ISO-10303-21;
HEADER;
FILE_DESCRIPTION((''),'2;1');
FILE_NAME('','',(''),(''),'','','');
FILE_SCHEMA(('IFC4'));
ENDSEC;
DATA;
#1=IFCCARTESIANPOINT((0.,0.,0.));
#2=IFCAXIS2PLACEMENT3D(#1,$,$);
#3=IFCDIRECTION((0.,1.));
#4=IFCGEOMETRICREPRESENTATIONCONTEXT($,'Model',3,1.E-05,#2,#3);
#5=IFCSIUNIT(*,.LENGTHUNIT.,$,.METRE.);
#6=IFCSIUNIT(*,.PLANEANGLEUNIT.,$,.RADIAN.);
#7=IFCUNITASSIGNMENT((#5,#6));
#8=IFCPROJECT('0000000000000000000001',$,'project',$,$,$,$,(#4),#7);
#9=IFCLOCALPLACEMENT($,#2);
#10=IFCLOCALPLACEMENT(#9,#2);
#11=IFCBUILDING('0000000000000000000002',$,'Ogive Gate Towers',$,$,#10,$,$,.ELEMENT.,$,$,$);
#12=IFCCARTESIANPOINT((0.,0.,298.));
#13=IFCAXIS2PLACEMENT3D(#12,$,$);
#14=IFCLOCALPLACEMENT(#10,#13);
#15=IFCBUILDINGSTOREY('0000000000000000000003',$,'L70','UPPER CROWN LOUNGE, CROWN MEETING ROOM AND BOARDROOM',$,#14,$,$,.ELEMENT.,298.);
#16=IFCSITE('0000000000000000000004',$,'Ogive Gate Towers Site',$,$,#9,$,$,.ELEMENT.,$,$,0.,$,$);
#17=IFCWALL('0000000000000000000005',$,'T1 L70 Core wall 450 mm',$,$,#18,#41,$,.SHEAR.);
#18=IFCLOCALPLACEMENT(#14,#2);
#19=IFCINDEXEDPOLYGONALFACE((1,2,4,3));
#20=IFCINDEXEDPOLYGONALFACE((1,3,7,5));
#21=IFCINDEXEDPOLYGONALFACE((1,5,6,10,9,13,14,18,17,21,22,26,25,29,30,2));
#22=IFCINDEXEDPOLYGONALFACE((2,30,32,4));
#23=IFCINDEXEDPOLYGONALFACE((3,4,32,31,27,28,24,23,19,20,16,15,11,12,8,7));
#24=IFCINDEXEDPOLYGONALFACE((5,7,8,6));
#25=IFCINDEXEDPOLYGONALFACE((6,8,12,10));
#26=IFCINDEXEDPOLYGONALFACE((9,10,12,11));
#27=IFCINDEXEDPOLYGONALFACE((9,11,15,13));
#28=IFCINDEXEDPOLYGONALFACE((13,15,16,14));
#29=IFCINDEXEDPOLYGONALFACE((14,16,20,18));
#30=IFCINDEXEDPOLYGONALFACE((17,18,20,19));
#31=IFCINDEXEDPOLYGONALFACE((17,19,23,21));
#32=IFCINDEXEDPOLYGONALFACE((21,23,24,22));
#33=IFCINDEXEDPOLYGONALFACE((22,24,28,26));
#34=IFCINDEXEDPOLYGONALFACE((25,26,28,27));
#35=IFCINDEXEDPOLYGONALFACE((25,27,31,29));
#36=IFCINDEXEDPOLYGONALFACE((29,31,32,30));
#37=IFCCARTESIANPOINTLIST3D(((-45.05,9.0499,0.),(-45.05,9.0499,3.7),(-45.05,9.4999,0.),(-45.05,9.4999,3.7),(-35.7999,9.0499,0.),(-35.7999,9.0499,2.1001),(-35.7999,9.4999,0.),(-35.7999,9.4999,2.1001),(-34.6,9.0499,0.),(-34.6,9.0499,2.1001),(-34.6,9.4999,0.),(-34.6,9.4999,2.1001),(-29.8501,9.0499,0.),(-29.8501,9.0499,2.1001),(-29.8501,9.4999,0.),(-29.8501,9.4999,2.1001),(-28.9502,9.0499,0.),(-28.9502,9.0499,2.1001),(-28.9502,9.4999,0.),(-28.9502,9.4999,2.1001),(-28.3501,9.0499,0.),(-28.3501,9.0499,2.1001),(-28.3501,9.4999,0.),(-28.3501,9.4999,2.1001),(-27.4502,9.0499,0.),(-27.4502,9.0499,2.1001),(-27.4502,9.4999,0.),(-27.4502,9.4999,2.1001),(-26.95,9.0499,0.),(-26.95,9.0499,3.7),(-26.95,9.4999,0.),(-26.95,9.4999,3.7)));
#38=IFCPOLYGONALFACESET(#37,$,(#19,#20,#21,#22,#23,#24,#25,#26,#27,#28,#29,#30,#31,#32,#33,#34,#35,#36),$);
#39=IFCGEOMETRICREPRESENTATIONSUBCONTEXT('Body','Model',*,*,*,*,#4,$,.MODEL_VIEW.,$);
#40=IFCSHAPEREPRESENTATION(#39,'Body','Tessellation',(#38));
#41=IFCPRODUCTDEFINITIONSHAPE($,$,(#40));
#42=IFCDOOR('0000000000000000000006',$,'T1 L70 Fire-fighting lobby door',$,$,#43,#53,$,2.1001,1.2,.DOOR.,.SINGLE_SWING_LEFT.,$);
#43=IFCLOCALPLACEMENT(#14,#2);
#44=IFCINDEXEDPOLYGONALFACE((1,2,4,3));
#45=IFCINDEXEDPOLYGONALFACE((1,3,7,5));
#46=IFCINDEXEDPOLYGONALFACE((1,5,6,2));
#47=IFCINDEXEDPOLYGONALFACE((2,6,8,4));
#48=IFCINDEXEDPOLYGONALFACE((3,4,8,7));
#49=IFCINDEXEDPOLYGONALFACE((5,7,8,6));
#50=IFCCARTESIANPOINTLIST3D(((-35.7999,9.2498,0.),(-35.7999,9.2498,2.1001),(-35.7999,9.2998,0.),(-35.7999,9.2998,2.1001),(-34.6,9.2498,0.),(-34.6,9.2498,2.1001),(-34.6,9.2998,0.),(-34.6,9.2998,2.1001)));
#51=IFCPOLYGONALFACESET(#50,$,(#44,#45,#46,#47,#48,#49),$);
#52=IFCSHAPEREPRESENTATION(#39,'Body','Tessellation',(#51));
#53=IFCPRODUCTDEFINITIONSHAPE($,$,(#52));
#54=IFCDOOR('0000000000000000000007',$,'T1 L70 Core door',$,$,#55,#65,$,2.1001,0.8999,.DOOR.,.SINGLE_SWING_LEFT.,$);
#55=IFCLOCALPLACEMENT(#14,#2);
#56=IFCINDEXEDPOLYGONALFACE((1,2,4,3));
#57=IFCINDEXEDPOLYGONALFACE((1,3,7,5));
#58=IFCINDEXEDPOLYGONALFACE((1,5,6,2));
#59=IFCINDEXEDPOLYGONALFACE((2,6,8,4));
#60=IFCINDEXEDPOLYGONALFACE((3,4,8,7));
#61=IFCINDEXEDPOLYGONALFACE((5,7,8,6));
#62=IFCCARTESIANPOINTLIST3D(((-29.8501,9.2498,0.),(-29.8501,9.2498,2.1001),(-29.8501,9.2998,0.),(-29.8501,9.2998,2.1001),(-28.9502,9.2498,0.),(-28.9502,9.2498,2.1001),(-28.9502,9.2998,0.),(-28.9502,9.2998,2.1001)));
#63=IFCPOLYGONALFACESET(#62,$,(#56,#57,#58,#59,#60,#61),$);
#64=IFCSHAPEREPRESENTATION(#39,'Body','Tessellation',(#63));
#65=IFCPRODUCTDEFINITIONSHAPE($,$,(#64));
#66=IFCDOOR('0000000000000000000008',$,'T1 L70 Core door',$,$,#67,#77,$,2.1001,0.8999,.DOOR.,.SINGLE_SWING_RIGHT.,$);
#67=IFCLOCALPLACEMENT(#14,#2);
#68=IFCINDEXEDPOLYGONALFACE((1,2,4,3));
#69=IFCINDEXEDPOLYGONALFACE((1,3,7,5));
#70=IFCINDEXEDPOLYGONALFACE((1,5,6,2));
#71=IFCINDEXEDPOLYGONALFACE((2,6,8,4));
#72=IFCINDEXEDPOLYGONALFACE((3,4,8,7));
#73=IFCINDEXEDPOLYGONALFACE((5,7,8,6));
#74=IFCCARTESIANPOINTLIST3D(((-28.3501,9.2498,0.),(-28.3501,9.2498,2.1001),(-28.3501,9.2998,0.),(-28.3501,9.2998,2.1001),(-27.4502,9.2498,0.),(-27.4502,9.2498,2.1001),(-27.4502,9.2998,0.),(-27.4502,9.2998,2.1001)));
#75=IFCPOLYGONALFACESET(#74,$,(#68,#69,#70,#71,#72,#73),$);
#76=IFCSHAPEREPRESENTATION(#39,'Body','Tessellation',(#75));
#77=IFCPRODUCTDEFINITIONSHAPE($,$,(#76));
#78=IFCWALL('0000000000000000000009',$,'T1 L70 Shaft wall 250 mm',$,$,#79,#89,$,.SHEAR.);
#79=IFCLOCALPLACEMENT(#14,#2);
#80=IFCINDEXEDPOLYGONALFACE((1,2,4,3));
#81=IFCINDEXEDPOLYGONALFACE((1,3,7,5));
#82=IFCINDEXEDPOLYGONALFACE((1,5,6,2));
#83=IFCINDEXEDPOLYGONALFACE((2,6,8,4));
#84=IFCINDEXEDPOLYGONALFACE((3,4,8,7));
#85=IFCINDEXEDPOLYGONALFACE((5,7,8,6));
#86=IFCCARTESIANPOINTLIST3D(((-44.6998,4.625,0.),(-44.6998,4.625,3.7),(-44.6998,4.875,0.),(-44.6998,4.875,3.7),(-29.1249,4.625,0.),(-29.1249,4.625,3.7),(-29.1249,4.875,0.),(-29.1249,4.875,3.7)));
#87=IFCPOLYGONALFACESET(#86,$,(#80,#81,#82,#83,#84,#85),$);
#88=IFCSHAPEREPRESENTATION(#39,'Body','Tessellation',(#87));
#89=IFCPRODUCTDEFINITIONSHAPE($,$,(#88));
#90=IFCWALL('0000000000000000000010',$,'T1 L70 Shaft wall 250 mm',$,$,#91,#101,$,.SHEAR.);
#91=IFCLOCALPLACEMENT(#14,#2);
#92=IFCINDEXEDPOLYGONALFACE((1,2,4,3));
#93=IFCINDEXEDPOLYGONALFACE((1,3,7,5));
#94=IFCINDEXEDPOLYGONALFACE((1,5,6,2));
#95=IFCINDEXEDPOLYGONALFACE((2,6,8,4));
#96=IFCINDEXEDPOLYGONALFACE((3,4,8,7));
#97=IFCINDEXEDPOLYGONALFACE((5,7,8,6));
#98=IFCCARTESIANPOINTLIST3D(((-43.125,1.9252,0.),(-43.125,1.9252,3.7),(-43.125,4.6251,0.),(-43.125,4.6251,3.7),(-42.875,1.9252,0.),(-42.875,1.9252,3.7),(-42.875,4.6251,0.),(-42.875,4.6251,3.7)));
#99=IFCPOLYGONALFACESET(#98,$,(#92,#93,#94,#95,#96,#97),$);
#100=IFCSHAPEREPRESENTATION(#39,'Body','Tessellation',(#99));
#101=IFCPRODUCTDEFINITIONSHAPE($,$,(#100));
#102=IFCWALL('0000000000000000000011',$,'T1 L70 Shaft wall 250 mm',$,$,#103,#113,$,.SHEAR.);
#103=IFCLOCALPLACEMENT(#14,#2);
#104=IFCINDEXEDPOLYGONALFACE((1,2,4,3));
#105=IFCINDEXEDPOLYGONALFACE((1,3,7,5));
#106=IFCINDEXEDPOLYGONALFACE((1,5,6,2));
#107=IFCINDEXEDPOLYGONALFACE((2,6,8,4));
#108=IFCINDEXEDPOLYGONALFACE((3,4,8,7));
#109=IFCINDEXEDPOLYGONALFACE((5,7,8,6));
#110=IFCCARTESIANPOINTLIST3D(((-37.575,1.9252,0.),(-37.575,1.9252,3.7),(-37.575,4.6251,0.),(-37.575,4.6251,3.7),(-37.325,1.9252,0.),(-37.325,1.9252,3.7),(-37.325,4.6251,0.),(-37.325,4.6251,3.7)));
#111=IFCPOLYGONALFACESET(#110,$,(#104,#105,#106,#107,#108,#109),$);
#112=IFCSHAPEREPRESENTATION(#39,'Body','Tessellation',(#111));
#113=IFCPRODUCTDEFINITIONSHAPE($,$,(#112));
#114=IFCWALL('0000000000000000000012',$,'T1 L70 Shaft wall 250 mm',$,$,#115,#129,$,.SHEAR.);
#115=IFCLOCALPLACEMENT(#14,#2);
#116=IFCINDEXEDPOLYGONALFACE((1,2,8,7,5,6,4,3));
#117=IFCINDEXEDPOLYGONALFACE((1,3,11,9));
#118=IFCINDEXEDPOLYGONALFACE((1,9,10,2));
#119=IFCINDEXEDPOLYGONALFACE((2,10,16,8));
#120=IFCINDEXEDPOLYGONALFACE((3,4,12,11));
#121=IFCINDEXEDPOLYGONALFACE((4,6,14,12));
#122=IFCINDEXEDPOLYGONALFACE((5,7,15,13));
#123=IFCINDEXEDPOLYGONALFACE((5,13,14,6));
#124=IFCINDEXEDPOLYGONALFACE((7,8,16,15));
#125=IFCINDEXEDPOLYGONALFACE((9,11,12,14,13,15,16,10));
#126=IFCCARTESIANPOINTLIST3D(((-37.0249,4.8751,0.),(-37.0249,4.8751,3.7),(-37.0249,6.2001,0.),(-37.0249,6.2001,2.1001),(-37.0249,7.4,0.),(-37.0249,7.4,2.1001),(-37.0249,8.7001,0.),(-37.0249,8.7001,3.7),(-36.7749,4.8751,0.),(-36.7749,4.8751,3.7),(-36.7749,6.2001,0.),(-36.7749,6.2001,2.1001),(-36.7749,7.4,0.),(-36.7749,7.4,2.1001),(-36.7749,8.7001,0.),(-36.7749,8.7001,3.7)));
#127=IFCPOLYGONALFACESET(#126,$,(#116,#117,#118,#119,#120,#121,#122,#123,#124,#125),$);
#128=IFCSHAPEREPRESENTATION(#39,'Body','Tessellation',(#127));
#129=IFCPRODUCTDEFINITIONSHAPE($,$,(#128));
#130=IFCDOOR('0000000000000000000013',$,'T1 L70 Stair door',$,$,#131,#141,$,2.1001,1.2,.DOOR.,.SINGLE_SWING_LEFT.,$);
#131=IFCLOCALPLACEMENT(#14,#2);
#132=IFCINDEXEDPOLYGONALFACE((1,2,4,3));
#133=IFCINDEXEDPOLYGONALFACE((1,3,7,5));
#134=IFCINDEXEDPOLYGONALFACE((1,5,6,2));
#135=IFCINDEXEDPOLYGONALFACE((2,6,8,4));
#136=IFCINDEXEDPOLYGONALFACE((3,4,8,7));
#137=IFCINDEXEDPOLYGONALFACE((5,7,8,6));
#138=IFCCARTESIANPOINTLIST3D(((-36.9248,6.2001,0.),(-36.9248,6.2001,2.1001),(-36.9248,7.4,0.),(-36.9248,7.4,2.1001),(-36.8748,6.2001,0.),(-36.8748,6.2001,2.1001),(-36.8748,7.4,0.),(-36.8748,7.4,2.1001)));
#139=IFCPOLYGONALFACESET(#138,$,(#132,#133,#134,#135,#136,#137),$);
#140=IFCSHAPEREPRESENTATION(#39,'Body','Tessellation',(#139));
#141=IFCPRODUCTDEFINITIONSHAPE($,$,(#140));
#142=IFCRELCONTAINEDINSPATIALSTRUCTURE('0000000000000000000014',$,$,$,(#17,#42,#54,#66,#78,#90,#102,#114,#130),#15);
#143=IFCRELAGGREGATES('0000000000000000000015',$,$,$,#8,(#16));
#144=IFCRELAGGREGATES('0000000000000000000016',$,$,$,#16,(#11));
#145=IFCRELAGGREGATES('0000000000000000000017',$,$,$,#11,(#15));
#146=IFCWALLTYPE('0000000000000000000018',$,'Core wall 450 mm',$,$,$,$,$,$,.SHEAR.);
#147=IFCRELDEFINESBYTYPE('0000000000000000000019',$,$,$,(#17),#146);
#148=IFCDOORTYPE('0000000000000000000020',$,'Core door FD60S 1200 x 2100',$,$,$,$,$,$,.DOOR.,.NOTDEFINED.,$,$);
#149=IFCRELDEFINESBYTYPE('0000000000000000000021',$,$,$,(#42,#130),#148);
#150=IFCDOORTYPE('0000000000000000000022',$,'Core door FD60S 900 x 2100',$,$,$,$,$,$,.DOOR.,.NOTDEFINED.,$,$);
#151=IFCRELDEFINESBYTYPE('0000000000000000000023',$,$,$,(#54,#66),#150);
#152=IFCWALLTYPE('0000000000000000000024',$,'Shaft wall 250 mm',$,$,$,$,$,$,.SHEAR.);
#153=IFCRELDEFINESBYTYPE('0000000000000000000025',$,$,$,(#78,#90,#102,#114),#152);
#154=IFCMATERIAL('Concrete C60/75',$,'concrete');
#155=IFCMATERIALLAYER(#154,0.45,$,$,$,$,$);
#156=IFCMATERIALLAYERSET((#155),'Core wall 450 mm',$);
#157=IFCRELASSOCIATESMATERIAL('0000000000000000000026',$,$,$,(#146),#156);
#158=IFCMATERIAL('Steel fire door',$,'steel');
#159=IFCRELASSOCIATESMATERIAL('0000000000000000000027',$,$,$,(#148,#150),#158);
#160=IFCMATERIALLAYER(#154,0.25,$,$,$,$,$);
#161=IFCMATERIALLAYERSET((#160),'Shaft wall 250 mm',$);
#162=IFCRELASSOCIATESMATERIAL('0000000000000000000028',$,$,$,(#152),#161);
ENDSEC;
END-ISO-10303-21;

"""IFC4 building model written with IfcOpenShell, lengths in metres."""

from ifc_helpers import new_model, si_unit, direction, frame, frame_2d, origin, place, context, subcontext, project, spatial, rectangle, extrude, material, layer, layer_set, type_object, element, fill, save


model = new_model("IFC4")

# Units and contexts
model_context = context("Model", 3, precision=1e-05, world=origin(), true_north=direction((0.0, 1.0)))
body_context = subcontext(model_context, "Body", "Model", "MODEL_VIEW")
ifc_project = project(units=[si_unit("LENGTHUNIT", "METRE"), si_unit("PLANEANGLEUNIT", "RADIAN")], contexts=[model_context])

# Site, building, storey
site_placement = place(None, origin())
site = spatial("IfcSite", under=ifc_project, at=site_placement, Name="Ogive Gate Towers Site", CompositionType="ELEMENT", RefElevation=0.0)
building_placement = place(site_placement, origin())
building = spatial("IfcBuilding", under=site, at=building_placement, Name="Ogive Gate Towers", CompositionType="ELEMENT")
storey_placement = place(building_placement, frame((0.0, 0.0, 298.0)))
storey = spatial("IfcBuildingStorey", under=building, at=storey_placement, Name="L70", Description="UPPER CROWN LOUNGE, CROWN MEETING ROOM AND BOARDROOM", CompositionType="ELEMENT", Elevation=298.0)

# Wall, openings, doors
ifc_material_1 = material(Name="Concrete C60/75", Category="concrete")
ifc_layer_1 = layer(ifc_material_1, 0.45)
ifc_layer_set_1 = layer_set([ifc_layer_1], Name="Core wall 450 mm")
wall_type_1 = type_object("IfcWallType", Name="Core wall 450 mm", PredefinedType="SHEAR", material=ifc_layer_set_1)
wall_1_placement = place(storey_placement, frame((-45.05, 9.2749, 0.0), z_axis=(0.0, 0.0, 1.0), x_axis=(1.0, 0.0, 0.0)))
wall_1 = element("IfcWall", 1, at=wall_1_placement, inside=storey, type_object=wall_type_1, Name="T1 L70 Core wall 450 mm", PredefinedType="SHEAR", context=body_context, shape_type="SweptSolid", body=[
    extrude(rectangle(XDim=18.1001, YDim=0.45, at=frame_2d((9.05, 0.0))), origin(), (0.0, 0.0, 1.0), 3.7),
])
opening_1_placement = place(wall_1_placement, frame((9.25, 0.0, 0.0)))
opening_1 = element("IfcOpeningElement", 2, at=opening_1_placement, cuts=wall_1, PredefinedType="OPENING", context=body_context, shape_type="SweptSolid", body=[
    extrude(rectangle(XDim=1.2, YDim=2.1001, at=frame_2d((0.6001, 1.05))), frame((0.0, 0.2349, 0.0), z_axis=(0.0, -1.0, 0.0), x_axis=(1.0, 0.0, 0.0)), (0.0, 0.0, 1.0), 0.47),
])
opening_2_placement = place(wall_1_placement, frame((15.2, 0.0, 0.0)))
opening_2 = element("IfcOpeningElement", 3, at=opening_2_placement, cuts=wall_1, PredefinedType="OPENING", context=body_context, shape_type="SweptSolid", body=[
    extrude(rectangle(XDim=0.8999, YDim=2.1001, at=frame_2d((0.45, 1.05))), frame((0.0, 0.2349, 0.0), z_axis=(0.0, -1.0, 0.0), x_axis=(1.0, 0.0, 0.0)), (0.0, 0.0, 1.0), 0.47),
])
opening_3_placement = place(wall_1_placement, frame((16.7, 0.0, 0.0)))
opening_3 = element("IfcOpeningElement", 4, at=opening_3_placement, cuts=wall_1, PredefinedType="OPENING", context=body_context, shape_type="SweptSolid", body=[
    extrude(rectangle(XDim=0.8999, YDim=2.1001, at=frame_2d((0.45, 1.05))), frame((0.0, 0.2349, 0.0), z_axis=(0.0, -1.0, 0.0), x_axis=(1.0, 0.0, 0.0)), (0.0, 0.0, 1.0), 0.47),
])
ifc_material_2 = material(Name="Steel fire door", Category="steel")
door_type_1 = type_object("IfcDoorType", Name="Core door FD60S 1200 x 2100", OperationType="NOTDEFINED", PredefinedType="DOOR", material=ifc_material_2)
door_1_placement = place(opening_1_placement, origin())
door_1 = element("IfcDoor", 5, at=door_1_placement, inside=storey, type_object=door_type_1, Name="T1 L70 Fire-fighting lobby door", OperationType="SINGLE_SWING_LEFT", OverallHeight=2.1001, OverallWidth=1.2, PredefinedType="DOOR", context=body_context, shape_type="SweptSolid", body=[
    extrude(rectangle(XDim=1.2, YDim=2.1001, at=frame_2d((0.6001, 1.05))), frame((0.0, 0.0249, 0.0), z_axis=(0.0, -1.0, 0.0), x_axis=(1.0, 0.0, 0.0)), (0.0, 0.0, 1.0), 0.05),
])
fill(opening_1, door_1)
door_type_2 = type_object("IfcDoorType", Name="Core door FD60S 900 x 2100", OperationType="NOTDEFINED", PredefinedType="DOOR", material=ifc_material_2)
door_2_placement = place(opening_2_placement, origin())
door_2 = element("IfcDoor", 6, at=door_2_placement, inside=storey, type_object=door_type_2, Name="T1 L70 Core door", OperationType="SINGLE_SWING_LEFT", OverallHeight=2.1001, OverallWidth=0.8999, PredefinedType="DOOR", context=body_context, shape_type="SweptSolid", body=[
    extrude(rectangle(XDim=0.8999, YDim=2.1001, at=frame_2d((0.45, 1.05))), frame((0.0, 0.0249, 0.0), z_axis=(0.0, -1.0, 0.0), x_axis=(1.0, 0.0, 0.0)), (0.0, 0.0, 1.0), 0.05),
])
fill(opening_2, door_2)
door_3_placement = place(opening_3_placement, origin())
door_3 = element("IfcDoor", 7, at=door_3_placement, inside=storey, type_object=door_type_2, Name="T1 L70 Core door", OperationType="SINGLE_SWING_RIGHT", OverallHeight=2.1001, OverallWidth=0.8999, PredefinedType="DOOR", context=body_context, shape_type="SweptSolid", body=[
    extrude(rectangle(XDim=0.8999, YDim=2.1001, at=frame_2d((0.45, 1.05))), frame((0.0, 0.0249, 0.0), z_axis=(0.0, -1.0, 0.0), x_axis=(1.0, 0.0, 0.0)), (0.0, 0.0, 1.0), 0.05),
])
fill(opening_3, door_3)

# Walls
ifc_layer_2 = layer(ifc_material_1, 0.25)
ifc_layer_set_2 = layer_set([ifc_layer_2], Name="Shaft wall 250 mm")
wall_type_2 = type_object("IfcWallType", Name="Shaft wall 250 mm", PredefinedType="SHEAR", material=ifc_layer_set_2)
wall_2_placement = place(storey_placement, frame((-44.7, 4.75, 0.0), z_axis=(0.0, 0.0, 1.0), x_axis=(1.0, 0.0, 0.0)))
element("IfcWall", 8, at=wall_2_placement, inside=storey, type_object=wall_type_2, Name="T1 L70 Shaft wall 250 mm", PredefinedType="SHEAR", context=body_context, shape_type="SweptSolid", body=[
    extrude(rectangle(XDim=15.575, YDim=0.25, at=frame_2d((7.7876, 0.0))), origin(), (0.0, 0.0, 1.0), 3.7),
])
for number, where, z_axis, x_axis, name in (
    (9, (-43.0, 1.925, 0.0), (0.0, 0.0, 1.0), (0.0, 1.0, 0.0), "T1 L70 Shaft wall 250 mm"),
    (10, (-37.45, 1.925, 0.0), (0.0, 0.0, 1.0), (0.0, 1.0, 0.0), "T1 L70 Shaft wall 250 mm"),
):
    element("IfcWall", number, at=place(storey_placement, frame(where, z_axis=z_axis, x_axis=x_axis)), inside=storey, type_object=wall_type_2, Name=name, PredefinedType="SHEAR", context=body_context, shape_type="SweptSolid", body=[
        extrude(rectangle(XDim=2.7, YDim=0.25, at=frame_2d((1.3501, 0.0))), origin(), (0.0, 0.0, 1.0), 3.7),
    ])

# Wall, opening, door
wall_3_placement = place(storey_placement, frame((-36.8999, 4.875, 0.0), z_axis=(0.0, 0.0, 1.0), x_axis=(0.0, 1.0, 0.0)))
wall_3 = element("IfcWall", 11, at=wall_3_placement, inside=storey, type_object=wall_type_2, Name="T1 L70 Shaft wall 250 mm", PredefinedType="SHEAR", context=body_context, shape_type="SweptSolid", body=[
    extrude(rectangle(XDim=3.825, YDim=0.25, at=frame_2d((1.9126, 0.0))), origin(), (0.0, 0.0, 1.0), 3.7),
])
opening_4_placement = place(wall_3_placement, frame((1.325, 0.0, 0.0)))
opening_4 = element("IfcOpeningElement", 12, at=opening_4_placement, cuts=wall_3, PredefinedType="OPENING", context=body_context, shape_type="SweptSolid", body=[
    extrude(rectangle(XDim=1.2, YDim=2.1001, at=frame_2d((0.6001, 1.05))), frame((0.0, 0.135, 0.0), z_axis=(0.0, -1.0, 0.0), x_axis=(1.0, 0.0, 0.0)), (0.0, 0.0, 1.0), 0.27),
])
door_4_placement = place(opening_4_placement, origin())
door_4 = element("IfcDoor", 13, at=door_4_placement, inside=storey, type_object=door_type_1, Name="T1 L70 Stair door", OperationType="SINGLE_SWING_LEFT", OverallHeight=2.1001, OverallWidth=1.2, PredefinedType="DOOR", context=body_context, shape_type="SweptSolid", body=[
    extrude(rectangle(XDim=1.2, YDim=2.1001, at=frame_2d((0.6001, 1.05))), frame((0.0, 0.0249, 0.0), z_axis=(0.0, -1.0, 0.0), x_axis=(1.0, 0.0, 0.0)), (0.0, 0.0, 1.0), 0.05),
])
fill(opening_4, door_4)

save(model, "model.ifc")
